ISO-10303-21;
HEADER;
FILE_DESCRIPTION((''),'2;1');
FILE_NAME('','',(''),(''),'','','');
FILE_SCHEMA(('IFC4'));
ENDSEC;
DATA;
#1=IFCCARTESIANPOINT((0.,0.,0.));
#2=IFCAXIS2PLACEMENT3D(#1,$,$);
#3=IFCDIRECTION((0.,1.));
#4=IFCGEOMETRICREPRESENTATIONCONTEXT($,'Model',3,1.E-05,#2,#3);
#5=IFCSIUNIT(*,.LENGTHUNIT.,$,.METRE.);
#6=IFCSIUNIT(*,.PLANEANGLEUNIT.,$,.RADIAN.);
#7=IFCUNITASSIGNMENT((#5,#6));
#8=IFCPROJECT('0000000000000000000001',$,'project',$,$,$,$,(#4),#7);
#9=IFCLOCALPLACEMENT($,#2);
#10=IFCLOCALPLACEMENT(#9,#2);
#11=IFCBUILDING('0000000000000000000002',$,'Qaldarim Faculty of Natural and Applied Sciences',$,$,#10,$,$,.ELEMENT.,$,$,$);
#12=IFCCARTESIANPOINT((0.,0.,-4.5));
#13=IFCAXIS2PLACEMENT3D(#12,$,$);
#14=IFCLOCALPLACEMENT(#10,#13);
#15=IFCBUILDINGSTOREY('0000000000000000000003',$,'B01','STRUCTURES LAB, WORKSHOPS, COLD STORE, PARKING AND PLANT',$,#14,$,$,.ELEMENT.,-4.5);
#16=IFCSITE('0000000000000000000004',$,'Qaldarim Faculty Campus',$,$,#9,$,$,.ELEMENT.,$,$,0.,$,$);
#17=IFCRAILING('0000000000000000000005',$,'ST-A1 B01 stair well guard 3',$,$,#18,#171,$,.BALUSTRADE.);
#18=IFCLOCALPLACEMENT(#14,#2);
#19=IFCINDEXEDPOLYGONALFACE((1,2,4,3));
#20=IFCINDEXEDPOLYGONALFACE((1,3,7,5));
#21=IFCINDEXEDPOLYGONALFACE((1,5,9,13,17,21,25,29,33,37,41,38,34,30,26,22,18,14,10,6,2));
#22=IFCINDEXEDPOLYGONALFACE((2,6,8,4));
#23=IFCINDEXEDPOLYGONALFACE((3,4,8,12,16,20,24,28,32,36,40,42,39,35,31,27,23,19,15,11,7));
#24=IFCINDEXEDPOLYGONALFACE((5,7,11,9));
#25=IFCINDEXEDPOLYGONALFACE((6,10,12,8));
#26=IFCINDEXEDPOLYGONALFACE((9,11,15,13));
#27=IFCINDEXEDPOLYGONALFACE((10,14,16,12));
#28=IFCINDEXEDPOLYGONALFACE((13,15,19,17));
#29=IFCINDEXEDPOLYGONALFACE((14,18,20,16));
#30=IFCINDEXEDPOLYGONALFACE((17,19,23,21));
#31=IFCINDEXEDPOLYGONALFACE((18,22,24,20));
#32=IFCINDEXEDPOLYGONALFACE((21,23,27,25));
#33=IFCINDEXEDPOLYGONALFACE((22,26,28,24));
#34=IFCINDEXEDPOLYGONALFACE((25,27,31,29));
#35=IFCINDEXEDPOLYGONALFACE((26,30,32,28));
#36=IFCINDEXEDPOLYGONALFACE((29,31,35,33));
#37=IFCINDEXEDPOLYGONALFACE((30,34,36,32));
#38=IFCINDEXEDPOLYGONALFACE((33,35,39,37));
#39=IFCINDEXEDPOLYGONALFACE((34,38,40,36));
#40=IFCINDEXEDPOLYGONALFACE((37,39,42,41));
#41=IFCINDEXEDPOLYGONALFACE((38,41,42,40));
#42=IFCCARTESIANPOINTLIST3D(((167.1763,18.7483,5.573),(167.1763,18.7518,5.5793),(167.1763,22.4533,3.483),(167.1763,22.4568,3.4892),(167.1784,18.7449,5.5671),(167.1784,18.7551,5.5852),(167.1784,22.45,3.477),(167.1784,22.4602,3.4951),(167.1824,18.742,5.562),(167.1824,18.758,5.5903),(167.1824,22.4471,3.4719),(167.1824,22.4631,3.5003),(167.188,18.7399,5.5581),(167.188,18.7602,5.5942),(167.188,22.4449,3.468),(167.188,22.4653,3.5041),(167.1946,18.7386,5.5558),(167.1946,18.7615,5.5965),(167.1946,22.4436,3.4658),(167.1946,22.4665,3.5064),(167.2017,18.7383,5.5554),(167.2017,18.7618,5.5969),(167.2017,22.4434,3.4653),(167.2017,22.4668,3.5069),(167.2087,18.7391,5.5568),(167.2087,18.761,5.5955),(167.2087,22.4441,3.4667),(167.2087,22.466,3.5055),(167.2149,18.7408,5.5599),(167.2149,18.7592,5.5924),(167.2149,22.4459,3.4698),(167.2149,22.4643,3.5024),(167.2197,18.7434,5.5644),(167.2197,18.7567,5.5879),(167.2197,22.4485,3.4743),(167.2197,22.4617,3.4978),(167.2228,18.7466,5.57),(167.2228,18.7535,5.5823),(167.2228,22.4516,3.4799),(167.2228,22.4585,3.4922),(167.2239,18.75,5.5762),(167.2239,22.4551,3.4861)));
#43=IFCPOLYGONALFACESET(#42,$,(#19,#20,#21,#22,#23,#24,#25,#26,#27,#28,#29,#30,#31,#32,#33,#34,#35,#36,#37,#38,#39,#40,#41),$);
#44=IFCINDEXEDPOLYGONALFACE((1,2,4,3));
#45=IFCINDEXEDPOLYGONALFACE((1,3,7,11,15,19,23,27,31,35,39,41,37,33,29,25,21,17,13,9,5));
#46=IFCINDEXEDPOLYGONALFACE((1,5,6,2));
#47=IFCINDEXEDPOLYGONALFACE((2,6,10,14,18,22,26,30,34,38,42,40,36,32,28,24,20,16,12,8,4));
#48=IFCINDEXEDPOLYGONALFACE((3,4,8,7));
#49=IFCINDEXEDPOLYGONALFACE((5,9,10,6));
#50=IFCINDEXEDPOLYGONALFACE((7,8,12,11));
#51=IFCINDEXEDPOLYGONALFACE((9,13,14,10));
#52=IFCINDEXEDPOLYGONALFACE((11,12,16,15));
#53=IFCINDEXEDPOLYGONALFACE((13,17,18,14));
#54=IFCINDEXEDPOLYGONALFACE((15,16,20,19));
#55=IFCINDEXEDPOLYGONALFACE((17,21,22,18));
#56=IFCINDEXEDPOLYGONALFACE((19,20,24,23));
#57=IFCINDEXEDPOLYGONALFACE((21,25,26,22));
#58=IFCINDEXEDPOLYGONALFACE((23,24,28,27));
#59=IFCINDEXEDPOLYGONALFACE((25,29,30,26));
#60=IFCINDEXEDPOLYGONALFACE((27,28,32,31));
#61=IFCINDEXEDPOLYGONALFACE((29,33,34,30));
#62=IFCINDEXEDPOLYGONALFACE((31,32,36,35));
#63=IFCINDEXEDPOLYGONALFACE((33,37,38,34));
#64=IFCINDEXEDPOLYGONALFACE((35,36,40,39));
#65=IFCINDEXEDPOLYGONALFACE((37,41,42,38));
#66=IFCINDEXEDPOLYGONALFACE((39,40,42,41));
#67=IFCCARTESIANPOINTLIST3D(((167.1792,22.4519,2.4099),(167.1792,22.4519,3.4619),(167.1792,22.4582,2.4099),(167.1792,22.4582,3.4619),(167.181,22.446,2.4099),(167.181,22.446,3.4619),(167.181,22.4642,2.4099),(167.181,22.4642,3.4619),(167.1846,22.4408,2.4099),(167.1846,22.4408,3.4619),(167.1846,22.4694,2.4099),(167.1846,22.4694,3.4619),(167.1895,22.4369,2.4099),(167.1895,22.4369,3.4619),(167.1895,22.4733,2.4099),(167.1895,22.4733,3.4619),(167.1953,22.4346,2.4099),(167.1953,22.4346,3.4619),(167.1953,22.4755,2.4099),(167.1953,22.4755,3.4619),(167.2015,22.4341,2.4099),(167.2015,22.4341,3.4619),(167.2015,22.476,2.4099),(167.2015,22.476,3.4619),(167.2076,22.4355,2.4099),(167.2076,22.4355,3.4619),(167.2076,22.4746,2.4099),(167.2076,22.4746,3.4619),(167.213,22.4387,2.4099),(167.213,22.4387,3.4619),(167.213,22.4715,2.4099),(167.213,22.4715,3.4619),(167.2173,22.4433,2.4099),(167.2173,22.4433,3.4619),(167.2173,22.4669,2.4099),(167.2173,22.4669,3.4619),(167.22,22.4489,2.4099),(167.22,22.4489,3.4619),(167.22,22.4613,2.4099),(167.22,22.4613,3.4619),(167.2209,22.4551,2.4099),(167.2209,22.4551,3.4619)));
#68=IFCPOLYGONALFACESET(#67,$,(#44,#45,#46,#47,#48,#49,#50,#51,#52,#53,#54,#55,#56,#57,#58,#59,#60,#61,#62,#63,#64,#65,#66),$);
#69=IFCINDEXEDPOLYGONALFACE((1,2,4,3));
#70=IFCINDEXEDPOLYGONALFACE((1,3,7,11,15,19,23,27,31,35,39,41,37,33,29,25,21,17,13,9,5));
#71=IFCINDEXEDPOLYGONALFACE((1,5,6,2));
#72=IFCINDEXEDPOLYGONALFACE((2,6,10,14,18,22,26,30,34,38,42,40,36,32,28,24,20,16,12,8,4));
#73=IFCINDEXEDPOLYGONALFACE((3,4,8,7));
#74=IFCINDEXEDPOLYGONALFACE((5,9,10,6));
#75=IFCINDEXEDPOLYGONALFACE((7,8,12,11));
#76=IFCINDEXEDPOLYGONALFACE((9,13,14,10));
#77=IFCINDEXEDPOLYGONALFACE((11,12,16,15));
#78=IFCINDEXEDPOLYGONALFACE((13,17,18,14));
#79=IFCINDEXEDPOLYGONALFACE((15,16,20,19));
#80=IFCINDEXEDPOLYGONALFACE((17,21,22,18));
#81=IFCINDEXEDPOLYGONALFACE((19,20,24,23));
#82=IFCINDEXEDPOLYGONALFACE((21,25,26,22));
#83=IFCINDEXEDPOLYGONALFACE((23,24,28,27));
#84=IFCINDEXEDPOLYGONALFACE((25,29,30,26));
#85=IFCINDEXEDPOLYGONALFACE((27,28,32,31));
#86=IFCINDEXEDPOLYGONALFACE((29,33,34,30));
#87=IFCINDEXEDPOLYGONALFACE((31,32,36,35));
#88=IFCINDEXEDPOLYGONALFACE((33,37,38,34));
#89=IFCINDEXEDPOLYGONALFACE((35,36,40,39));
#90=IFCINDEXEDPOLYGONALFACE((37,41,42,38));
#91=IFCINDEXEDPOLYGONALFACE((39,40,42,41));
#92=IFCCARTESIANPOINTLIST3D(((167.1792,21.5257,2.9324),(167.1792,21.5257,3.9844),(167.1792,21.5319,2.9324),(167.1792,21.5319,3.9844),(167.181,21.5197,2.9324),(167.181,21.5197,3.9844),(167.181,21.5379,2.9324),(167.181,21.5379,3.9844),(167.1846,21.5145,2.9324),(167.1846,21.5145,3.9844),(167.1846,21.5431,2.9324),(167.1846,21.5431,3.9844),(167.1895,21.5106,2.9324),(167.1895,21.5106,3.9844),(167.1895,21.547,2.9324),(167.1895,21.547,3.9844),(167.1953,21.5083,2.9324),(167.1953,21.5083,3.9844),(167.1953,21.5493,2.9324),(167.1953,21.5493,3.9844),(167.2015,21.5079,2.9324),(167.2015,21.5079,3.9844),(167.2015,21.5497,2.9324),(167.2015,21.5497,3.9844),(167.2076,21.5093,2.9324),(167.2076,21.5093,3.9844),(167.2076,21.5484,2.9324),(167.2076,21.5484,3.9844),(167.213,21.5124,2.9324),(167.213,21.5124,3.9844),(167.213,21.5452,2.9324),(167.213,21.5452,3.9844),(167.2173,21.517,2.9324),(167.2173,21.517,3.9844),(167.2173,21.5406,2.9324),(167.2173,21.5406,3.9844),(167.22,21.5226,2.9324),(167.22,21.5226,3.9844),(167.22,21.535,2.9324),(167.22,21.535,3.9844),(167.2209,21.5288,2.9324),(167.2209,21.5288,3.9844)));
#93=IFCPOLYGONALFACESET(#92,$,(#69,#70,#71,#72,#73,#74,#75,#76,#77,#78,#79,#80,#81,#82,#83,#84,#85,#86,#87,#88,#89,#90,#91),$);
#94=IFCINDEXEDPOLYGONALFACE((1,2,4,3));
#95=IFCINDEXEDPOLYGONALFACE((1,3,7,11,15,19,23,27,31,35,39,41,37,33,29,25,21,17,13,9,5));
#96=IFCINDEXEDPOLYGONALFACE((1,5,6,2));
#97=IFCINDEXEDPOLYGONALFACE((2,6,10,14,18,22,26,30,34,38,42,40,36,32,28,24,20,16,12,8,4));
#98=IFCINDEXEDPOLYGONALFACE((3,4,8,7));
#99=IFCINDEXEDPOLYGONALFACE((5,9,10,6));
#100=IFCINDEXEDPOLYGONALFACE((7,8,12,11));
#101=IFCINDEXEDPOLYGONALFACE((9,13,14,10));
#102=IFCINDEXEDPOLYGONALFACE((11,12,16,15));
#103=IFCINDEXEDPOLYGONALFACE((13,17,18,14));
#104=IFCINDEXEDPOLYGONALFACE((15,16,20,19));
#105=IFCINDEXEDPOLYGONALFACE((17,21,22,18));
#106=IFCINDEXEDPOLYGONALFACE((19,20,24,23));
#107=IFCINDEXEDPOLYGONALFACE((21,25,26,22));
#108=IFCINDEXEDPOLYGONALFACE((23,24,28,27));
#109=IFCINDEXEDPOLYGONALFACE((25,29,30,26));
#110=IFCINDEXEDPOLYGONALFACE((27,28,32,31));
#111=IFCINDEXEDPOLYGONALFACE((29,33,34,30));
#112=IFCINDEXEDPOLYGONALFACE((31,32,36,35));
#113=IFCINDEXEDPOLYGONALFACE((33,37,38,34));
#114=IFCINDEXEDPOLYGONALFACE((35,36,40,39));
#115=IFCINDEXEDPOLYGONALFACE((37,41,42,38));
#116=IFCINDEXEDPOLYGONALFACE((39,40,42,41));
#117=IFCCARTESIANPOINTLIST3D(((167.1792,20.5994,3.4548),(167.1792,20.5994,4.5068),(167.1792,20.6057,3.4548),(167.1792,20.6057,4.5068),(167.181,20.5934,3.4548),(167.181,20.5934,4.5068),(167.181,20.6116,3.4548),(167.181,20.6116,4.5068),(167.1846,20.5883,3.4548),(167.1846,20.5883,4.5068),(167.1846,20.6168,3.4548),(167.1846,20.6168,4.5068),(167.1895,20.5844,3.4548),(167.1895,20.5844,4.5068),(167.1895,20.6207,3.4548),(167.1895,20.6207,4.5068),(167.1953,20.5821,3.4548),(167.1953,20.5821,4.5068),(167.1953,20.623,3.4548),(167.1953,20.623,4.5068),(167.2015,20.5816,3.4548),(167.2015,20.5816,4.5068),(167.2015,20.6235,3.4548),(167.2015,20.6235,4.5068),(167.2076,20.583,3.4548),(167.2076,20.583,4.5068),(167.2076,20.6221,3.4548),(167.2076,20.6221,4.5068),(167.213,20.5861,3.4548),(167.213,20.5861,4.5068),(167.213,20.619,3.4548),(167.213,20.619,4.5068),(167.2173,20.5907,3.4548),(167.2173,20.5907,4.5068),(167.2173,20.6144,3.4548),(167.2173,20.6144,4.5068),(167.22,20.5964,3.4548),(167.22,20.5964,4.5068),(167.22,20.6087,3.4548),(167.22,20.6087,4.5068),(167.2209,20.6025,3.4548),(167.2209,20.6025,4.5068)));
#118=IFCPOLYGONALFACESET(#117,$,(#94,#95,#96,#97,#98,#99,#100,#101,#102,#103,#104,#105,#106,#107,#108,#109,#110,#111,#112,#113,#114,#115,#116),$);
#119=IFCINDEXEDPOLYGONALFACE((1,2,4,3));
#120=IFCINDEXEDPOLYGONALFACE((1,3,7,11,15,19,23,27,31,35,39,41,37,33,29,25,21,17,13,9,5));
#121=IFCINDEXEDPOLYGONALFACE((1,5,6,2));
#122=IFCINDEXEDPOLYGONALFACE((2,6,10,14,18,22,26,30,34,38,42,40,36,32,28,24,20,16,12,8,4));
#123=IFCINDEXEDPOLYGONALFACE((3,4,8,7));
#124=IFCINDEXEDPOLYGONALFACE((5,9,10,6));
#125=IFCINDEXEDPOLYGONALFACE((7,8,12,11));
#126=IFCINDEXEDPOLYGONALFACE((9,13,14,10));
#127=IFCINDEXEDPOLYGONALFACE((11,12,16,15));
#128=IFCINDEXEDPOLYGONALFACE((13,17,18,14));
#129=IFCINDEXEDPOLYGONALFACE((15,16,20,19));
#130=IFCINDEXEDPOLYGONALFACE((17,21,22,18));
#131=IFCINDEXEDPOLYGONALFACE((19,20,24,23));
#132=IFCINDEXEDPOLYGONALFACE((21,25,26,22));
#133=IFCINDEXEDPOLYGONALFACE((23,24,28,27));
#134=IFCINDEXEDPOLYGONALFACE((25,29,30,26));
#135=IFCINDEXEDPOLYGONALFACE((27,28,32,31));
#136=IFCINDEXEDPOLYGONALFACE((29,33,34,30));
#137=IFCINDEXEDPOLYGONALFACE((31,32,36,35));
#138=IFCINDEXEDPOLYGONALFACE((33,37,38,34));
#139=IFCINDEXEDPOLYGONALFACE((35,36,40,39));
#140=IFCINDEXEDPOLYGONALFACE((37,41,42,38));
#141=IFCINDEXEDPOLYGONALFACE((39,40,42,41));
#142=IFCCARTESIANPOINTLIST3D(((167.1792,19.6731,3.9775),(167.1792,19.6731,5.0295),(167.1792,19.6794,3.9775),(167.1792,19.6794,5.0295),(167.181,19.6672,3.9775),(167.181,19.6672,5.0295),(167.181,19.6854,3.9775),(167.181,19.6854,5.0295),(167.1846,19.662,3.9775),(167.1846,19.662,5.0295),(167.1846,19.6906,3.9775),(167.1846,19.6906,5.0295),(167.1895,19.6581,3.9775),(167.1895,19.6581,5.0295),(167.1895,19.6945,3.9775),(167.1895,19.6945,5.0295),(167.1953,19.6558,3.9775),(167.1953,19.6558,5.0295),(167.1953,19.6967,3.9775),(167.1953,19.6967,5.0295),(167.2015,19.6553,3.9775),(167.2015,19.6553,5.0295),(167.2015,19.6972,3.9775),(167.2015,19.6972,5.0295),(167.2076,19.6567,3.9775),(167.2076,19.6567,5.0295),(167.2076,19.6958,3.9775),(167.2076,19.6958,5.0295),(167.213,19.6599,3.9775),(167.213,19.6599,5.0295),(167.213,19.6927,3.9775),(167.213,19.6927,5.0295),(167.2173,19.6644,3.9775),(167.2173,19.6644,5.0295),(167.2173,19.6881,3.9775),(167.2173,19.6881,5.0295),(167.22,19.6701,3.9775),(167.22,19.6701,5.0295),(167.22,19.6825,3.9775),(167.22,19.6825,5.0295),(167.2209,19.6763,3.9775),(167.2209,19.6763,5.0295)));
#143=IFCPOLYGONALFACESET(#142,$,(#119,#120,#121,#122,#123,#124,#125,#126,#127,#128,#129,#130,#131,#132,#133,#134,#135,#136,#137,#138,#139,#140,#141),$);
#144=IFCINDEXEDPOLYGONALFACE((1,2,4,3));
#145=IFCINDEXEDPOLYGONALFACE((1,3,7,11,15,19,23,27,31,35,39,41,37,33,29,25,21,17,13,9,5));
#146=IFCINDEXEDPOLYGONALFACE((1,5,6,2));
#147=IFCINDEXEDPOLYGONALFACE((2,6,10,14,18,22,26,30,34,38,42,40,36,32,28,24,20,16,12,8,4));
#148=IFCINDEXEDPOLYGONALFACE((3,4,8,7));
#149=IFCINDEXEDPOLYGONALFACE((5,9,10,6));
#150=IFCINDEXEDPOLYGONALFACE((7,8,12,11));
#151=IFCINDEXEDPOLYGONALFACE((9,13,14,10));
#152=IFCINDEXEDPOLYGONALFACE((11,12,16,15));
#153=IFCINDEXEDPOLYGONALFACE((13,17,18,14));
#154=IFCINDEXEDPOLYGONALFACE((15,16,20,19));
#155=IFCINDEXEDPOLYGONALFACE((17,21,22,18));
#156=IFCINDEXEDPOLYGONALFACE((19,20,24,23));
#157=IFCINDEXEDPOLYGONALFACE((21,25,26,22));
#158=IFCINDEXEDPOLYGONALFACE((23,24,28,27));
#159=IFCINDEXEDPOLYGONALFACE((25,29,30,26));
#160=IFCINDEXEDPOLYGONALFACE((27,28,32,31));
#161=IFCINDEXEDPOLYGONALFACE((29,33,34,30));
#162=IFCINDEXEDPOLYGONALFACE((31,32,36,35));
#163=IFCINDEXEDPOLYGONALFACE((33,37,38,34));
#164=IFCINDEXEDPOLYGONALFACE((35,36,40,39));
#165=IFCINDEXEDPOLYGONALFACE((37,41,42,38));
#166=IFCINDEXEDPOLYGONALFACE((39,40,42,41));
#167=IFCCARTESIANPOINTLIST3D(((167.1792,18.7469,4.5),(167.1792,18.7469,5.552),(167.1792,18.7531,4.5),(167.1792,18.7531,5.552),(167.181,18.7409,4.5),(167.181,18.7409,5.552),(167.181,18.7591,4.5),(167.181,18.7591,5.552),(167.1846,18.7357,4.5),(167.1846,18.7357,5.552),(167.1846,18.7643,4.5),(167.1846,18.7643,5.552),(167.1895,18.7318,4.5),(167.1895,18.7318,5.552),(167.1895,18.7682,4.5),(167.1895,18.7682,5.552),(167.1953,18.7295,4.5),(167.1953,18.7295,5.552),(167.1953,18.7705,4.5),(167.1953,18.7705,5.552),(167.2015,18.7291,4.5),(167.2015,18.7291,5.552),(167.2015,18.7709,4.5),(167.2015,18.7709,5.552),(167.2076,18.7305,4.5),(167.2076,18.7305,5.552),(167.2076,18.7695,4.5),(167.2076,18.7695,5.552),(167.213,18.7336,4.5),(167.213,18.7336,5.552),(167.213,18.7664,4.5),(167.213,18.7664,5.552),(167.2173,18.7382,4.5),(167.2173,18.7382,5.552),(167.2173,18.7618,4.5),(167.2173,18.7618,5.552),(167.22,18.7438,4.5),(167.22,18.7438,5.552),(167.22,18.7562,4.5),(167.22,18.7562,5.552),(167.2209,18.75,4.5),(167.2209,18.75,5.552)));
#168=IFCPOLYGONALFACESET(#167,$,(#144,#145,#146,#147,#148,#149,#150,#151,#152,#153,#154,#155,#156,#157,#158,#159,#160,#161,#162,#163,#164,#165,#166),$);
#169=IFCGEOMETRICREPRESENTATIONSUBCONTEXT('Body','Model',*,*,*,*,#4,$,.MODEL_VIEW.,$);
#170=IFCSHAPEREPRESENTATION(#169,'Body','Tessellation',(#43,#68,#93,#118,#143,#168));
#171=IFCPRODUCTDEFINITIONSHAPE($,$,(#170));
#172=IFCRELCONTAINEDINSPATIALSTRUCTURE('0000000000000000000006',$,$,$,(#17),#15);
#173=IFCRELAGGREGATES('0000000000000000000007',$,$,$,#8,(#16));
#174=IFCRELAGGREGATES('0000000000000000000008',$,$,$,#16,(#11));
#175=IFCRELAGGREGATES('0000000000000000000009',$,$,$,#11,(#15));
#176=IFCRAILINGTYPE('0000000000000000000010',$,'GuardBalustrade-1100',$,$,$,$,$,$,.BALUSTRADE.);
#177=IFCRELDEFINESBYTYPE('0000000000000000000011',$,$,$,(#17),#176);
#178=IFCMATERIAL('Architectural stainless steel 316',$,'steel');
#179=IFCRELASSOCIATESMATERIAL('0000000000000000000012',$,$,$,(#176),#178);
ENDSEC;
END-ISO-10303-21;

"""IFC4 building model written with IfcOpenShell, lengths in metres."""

from ifc_helpers import new_model, si_unit, direction, frame, origin, origin_2d, place, context, subcontext, project, spatial, circle, extrude, material, type_object, element, save


model = new_model("IFC4")

# Units and contexts
model_context = context("Model", 3, precision=1e-05, world=origin(), true_north=direction((0.0, 1.0)))
body_context = subcontext(model_context, "Body", "Model", "MODEL_VIEW")
ifc_project = project(units=[si_unit("LENGTHUNIT", "METRE"), si_unit("PLANEANGLEUNIT", "RADIAN")], contexts=[model_context])

# Site, building, storey
site_placement = place(None, origin())
site = spatial("IfcSite", under=ifc_project, at=site_placement, Name="Qaldarim Faculty Campus", CompositionType="ELEMENT", RefElevation=0.0)
building_placement = place(site_placement, origin())
building = spatial("IfcBuilding", under=site, at=building_placement, Name="Qaldarim Faculty of Natural and Applied Sciences", CompositionType="ELEMENT")
storey_placement = place(building_placement, frame((0.0, 0.0, -4.5)))
storey = spatial("IfcBuildingStorey", under=building, at=storey_placement, Name="B01", Description="STRUCTURES LAB, WORKSHOPS, COLD STORE, PARKING AND PLANT", CompositionType="ELEMENT", Elevation=-4.5)

# Railing
ifc_material_1 = material(Name="Architectural stainless steel 316", Category="steel")
railing_type_1 = type_object("IfcRailingType", Name="GuardBalustrade-1100", PredefinedType="BALUSTRADE", material=ifc_material_1)
railing_1_placement = place(storey_placement, frame((167.2, 22.4551, 2.4099)))
element("IfcRailing", 1, at=railing_1_placement, inside=storey, type_object=railing_type_1, Name="ST-A1 B01 stair well guard 3", PredefinedType="BALUSTRADE", context=body_context, shape_type="SweptSolid", body=[
    extrude(circle(Radius=0.0239, at=origin_2d()), frame((0.0, 0.0, 1.0762), z_axis=(0.0, -0.870974, 0.491329), x_axis=(1.0, 0.0, 0.0)), (0.0, 0.0, 1.0), 4.2539),
    extrude(circle(Radius=0.021, at=origin_2d()), origin(), (0.0, 0.0, 1.0), 1.052),
    extrude(circle(Radius=0.021, at=origin_2d()), frame((0.0, -0.9263, 0.5225)), (0.0, 0.0, 1.0), 1.052),
    extrude(circle(Radius=0.021, at=origin_2d()), frame((0.0, -1.8525, 1.0449)), (0.0, 0.0, 1.0), 1.052),
    extrude(circle(Radius=0.021, at=origin_2d()), frame((0.0, -2.7788, 1.5676)), (0.0, 0.0, 1.0), 1.052),
    extrude(circle(Radius=0.021, at=origin_2d()), frame((0.0, -3.7051, 2.0901)), (0.0, 0.0, 1.0), 1.052),
])

save(model, "model.ifc")
